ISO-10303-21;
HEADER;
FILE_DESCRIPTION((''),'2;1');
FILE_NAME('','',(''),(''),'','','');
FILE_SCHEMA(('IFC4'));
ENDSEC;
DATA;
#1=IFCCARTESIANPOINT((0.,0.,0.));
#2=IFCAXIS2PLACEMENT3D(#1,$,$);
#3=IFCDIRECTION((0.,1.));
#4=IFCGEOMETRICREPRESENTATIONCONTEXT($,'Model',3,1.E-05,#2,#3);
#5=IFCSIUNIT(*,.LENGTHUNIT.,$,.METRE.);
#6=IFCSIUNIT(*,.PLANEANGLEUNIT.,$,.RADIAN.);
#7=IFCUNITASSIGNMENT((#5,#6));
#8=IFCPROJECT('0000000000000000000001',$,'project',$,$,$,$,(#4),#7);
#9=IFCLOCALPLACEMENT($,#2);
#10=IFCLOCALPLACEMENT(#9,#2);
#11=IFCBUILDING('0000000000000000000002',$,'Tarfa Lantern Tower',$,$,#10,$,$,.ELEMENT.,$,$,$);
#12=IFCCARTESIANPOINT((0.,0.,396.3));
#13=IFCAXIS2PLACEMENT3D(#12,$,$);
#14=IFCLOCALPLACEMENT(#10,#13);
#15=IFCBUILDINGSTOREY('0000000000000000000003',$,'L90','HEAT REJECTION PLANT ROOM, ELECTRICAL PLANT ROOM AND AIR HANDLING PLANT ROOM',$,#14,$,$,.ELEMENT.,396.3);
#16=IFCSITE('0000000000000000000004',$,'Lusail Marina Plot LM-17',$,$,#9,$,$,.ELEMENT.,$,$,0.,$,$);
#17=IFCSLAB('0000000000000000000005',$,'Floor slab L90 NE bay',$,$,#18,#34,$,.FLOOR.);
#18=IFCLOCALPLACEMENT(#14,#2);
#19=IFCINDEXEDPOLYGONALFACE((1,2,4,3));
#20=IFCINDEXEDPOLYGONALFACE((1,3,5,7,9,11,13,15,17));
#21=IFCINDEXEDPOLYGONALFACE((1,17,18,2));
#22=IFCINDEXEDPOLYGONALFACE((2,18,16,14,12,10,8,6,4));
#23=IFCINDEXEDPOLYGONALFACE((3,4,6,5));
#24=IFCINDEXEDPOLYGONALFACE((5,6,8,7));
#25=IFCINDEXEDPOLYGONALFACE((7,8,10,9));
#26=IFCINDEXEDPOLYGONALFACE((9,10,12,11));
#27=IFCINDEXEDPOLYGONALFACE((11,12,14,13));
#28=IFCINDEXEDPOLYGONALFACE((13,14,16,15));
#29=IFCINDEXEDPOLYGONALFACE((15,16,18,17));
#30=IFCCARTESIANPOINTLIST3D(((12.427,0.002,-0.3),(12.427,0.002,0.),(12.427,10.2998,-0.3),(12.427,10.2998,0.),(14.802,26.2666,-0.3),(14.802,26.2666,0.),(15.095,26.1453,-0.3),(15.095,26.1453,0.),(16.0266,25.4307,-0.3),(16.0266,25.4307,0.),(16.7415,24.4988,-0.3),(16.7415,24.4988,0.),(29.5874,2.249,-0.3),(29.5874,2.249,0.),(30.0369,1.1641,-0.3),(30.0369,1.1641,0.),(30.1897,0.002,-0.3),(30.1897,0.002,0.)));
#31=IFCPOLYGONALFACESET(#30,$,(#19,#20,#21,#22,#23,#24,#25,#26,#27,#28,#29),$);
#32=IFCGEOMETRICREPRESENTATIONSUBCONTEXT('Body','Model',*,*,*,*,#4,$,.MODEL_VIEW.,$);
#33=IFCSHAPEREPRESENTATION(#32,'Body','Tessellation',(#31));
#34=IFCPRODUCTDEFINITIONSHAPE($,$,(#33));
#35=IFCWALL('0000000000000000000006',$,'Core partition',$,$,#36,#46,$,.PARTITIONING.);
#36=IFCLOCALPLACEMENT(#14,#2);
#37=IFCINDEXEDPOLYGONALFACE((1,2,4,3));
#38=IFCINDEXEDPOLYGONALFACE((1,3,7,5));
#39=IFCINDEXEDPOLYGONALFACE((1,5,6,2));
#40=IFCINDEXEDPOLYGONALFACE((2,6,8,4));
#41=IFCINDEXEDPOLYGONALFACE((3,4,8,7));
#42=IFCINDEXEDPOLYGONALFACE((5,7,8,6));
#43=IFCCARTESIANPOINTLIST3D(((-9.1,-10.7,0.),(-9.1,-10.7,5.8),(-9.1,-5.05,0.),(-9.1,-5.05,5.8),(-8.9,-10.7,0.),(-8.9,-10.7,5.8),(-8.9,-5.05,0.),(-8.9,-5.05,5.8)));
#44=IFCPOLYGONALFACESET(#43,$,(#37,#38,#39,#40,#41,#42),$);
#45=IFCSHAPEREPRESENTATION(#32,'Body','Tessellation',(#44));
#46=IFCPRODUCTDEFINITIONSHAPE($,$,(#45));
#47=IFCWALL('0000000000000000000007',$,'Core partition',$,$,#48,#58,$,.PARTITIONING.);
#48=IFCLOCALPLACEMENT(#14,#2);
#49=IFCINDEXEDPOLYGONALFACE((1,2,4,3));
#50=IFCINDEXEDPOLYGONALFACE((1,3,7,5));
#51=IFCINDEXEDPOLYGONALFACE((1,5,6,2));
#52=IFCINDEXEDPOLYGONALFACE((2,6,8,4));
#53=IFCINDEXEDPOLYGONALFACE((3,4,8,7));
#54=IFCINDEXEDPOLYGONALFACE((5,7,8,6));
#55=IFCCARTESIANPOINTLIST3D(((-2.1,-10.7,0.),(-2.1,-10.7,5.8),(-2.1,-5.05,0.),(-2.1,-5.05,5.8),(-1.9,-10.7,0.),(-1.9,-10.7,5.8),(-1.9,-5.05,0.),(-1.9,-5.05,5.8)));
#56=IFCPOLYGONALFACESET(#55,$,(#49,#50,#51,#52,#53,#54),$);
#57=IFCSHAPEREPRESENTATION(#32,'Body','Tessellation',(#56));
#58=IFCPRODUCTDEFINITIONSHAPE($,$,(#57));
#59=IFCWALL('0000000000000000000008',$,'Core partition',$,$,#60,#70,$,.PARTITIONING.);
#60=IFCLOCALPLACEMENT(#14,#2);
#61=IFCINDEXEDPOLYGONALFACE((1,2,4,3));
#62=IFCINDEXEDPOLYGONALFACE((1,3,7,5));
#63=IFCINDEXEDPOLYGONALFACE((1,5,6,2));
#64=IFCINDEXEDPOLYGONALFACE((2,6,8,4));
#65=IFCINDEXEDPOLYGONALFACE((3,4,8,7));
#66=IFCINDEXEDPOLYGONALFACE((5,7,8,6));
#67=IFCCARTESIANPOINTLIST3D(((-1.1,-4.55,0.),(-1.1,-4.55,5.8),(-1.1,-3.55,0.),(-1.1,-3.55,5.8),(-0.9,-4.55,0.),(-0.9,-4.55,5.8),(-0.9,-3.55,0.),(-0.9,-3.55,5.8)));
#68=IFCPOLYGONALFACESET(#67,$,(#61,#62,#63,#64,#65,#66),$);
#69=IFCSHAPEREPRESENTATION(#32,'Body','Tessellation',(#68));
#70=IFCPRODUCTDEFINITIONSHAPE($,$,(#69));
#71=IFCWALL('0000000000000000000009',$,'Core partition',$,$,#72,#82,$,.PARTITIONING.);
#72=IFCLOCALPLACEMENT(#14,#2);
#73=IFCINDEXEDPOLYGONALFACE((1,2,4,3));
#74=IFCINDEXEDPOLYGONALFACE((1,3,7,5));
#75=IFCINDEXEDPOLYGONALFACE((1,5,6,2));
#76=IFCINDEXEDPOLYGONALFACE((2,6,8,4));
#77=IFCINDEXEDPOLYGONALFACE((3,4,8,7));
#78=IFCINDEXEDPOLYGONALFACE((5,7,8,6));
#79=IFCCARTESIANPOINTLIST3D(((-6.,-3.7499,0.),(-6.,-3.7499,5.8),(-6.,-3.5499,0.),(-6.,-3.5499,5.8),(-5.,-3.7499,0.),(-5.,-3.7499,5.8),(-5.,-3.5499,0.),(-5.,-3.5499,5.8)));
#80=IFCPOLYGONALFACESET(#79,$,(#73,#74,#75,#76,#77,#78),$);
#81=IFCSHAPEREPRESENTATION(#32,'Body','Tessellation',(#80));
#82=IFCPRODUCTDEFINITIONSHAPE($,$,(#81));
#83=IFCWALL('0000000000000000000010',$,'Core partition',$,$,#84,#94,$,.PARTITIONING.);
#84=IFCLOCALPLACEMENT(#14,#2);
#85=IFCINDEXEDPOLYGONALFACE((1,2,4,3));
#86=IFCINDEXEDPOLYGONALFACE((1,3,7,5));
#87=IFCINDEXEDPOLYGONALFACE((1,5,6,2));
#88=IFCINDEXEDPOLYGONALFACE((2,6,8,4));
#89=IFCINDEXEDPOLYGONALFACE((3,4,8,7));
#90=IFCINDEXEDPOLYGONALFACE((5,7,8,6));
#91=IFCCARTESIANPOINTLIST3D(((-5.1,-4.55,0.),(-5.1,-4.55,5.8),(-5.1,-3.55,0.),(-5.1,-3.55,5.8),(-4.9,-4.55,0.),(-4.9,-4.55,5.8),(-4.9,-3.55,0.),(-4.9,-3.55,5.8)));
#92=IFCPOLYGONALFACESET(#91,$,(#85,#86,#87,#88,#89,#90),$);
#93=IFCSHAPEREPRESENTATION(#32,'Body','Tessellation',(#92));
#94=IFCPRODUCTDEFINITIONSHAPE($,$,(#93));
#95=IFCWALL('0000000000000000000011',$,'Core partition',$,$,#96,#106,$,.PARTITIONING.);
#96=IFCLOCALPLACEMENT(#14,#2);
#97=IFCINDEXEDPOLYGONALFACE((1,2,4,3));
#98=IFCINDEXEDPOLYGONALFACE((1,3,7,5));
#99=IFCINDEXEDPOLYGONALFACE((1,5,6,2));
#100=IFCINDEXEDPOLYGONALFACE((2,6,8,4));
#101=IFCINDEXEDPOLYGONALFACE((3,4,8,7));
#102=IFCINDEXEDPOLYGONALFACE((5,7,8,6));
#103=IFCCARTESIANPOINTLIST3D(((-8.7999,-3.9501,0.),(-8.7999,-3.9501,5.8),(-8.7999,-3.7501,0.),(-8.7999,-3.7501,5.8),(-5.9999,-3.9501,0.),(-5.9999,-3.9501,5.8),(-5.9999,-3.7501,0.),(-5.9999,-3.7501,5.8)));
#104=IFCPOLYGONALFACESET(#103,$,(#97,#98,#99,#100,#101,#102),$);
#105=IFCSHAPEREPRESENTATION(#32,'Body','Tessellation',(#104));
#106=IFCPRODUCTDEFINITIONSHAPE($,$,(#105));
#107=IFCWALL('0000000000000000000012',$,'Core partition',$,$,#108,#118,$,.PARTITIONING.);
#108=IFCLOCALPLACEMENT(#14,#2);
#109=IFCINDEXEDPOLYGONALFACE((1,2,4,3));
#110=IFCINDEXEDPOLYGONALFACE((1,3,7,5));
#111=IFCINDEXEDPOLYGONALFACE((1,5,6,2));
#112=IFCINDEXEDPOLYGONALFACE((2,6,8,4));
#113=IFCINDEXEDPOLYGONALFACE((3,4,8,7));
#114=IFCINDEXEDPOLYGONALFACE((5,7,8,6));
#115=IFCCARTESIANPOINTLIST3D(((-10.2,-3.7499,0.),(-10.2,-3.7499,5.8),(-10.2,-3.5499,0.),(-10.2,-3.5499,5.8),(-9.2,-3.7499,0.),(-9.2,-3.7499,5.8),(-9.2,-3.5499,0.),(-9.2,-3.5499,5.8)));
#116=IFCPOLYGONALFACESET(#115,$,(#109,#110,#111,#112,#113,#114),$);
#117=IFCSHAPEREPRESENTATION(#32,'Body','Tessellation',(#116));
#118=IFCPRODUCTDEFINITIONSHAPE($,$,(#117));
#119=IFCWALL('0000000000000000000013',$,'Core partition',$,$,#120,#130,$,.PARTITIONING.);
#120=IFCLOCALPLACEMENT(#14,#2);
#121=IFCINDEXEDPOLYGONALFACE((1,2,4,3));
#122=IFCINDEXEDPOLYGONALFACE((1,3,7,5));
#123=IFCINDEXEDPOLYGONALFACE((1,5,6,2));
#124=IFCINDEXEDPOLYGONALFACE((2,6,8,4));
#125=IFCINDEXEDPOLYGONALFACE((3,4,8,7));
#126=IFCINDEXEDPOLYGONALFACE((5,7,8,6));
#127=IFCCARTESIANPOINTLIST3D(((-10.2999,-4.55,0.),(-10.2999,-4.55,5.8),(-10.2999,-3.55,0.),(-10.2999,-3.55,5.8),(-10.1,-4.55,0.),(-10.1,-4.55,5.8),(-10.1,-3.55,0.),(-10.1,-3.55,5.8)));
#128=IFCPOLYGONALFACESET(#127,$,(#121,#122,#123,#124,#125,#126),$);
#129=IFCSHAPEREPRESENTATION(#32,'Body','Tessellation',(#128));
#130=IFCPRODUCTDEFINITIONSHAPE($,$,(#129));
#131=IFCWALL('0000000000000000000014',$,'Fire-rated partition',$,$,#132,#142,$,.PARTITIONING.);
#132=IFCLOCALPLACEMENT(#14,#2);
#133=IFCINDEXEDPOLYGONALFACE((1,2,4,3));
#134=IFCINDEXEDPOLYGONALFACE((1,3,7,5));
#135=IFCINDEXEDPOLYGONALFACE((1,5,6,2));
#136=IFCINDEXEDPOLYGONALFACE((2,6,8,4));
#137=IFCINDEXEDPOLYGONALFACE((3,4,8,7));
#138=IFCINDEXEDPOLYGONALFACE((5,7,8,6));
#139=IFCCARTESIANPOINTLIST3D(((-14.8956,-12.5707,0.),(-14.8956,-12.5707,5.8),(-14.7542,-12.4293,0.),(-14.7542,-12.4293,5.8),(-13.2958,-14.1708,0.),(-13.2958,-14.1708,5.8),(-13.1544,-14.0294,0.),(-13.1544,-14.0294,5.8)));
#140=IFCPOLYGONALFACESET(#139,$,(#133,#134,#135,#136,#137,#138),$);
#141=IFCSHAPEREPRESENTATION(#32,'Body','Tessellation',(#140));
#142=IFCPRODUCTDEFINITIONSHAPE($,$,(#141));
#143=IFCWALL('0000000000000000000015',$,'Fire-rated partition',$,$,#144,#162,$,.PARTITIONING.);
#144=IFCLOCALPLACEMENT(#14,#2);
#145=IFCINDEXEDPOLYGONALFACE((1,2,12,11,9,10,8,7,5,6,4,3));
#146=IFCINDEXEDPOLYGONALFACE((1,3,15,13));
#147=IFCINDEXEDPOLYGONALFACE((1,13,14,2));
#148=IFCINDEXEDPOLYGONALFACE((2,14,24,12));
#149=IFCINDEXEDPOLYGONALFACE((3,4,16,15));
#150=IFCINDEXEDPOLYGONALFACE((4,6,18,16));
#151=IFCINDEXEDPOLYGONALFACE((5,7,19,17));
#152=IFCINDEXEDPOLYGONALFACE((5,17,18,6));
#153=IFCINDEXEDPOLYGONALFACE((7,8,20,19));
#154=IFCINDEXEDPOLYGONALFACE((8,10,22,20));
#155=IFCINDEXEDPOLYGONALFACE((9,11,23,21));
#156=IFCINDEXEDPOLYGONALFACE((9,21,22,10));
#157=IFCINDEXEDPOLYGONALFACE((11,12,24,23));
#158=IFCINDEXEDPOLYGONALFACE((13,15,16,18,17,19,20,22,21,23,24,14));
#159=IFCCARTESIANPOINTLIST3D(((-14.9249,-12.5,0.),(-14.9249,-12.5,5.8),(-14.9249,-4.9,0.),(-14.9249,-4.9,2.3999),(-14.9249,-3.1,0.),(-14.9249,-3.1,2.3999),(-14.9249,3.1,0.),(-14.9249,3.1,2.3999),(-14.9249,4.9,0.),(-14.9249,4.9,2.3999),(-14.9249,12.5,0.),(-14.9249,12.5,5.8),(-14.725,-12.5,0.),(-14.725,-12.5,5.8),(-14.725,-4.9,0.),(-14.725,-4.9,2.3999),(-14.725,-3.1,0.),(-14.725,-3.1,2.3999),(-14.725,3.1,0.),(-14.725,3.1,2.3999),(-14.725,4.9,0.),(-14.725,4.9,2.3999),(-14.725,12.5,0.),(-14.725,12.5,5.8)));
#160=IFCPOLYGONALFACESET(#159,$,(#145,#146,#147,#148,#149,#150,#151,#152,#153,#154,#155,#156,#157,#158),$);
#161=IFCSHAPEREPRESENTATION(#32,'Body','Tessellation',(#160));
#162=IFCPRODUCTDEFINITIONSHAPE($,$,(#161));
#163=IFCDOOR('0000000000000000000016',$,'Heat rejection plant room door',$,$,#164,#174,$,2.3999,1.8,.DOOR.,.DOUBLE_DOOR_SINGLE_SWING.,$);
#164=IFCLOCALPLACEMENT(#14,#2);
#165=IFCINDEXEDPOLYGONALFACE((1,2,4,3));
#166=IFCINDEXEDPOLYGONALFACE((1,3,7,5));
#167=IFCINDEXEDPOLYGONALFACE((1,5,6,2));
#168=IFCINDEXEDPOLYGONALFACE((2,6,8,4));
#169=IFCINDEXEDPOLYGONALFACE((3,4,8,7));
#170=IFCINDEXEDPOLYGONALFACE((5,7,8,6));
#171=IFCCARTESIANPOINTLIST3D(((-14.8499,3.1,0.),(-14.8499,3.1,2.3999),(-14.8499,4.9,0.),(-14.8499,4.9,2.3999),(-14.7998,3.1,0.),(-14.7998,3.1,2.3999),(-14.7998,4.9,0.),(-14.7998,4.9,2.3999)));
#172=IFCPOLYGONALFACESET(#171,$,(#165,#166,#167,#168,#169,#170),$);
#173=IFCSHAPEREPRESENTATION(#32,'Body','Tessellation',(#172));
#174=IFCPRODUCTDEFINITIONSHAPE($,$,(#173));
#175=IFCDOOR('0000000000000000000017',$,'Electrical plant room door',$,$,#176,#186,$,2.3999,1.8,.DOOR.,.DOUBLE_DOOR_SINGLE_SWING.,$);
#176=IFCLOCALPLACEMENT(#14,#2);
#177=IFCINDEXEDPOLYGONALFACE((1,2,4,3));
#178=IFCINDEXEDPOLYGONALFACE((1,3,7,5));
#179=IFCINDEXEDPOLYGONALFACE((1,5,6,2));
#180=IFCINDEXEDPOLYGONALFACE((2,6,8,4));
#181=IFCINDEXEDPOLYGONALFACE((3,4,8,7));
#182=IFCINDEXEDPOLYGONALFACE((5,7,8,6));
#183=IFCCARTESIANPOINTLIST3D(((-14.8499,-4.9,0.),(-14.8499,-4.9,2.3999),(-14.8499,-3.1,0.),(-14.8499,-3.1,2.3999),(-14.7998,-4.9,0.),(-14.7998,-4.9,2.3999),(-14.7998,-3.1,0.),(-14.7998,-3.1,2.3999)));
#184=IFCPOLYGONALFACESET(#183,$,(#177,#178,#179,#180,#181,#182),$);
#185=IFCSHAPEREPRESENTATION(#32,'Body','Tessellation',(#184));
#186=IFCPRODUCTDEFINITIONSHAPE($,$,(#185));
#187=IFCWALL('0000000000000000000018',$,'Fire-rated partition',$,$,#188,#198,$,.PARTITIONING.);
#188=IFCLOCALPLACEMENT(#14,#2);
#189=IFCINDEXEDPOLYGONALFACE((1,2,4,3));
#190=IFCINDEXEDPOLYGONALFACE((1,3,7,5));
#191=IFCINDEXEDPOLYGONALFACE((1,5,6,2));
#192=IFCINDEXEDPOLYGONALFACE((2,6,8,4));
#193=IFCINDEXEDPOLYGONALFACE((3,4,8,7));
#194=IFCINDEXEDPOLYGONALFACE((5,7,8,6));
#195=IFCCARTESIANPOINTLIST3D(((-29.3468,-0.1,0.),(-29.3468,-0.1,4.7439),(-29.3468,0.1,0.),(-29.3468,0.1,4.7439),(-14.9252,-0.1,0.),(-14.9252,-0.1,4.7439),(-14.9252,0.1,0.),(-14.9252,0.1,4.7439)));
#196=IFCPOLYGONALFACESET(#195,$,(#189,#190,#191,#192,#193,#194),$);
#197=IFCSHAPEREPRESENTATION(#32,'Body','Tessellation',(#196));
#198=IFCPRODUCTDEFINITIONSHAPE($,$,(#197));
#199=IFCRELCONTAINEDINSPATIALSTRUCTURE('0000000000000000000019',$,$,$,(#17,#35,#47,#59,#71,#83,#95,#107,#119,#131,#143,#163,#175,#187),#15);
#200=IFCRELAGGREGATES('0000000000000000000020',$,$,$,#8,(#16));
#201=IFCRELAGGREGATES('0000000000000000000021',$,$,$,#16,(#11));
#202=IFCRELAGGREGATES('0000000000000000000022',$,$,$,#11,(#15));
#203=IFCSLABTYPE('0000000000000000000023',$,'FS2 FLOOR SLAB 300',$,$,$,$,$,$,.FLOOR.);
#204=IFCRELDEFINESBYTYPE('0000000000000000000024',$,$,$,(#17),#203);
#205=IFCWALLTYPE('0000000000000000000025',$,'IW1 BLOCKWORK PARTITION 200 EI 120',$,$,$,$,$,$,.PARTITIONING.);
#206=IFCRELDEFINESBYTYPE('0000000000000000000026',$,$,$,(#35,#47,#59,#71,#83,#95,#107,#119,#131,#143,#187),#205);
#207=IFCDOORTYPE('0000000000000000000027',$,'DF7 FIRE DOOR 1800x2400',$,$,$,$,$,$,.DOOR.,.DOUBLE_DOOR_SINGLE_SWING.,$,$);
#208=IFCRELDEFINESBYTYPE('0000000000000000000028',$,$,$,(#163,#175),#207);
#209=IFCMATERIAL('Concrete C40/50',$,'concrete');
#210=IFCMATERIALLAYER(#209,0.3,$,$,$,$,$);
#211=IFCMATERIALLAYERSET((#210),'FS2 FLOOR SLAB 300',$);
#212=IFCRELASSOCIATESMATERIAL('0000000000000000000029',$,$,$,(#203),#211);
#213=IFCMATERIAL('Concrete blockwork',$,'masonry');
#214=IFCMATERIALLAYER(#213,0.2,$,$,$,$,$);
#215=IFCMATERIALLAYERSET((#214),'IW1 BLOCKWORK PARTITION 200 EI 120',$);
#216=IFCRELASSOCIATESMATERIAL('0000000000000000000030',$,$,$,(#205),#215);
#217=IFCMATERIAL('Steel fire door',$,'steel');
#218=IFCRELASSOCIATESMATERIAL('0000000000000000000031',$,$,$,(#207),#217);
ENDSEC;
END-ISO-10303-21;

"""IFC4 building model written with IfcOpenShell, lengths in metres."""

from ifc_helpers import new_model, si_unit, direction, frame, frame_2d, origin, place, context, subcontext, project, spatial, polyline, rectangle, outline, extrude, material, layer, layer_set, type_object, element, fill, save


model = new_model("IFC4")

# Units and contexts
model_context = context("Model", 3, precision=1e-05, world=origin(), true_north=direction((0.0, 1.0)))
body_context = subcontext(model_context, "Body", "Model", "MODEL_VIEW")
ifc_project = project(units=[si_unit("LENGTHUNIT", "METRE"), si_unit("PLANEANGLEUNIT", "RADIAN")], contexts=[model_context])

# Site, building, storey
site_placement = place(None, origin())
site = spatial("IfcSite", under=ifc_project, at=site_placement, Name="Lusail Marina Plot LM-17", CompositionType="ELEMENT", RefElevation=0.0)
building_placement = place(site_placement, origin())
building = spatial("IfcBuilding", under=site, at=building_placement, Name="Tarfa Lantern Tower", CompositionType="ELEMENT")
storey_placement = place(building_placement, frame((0.0, 0.0, 396.3)))
storey = spatial("IfcBuildingStorey", under=building, at=storey_placement, Name="L90", Description="HEAT REJECTION PLANT ROOM, ELECTRICAL PLANT ROOM AND AIR HANDLING PLANT ROOM", CompositionType="ELEMENT", Elevation=396.3)

# Slab
ifc_material_1 = material(Name="Concrete C40/50", Category="concrete")
ifc_layer_1 = layer(ifc_material_1, 0.3)
ifc_layer_set_1 = layer_set([ifc_layer_1], Name="FS2 FLOOR SLAB 300")
slab_type = type_object("IfcSlabType", Name="FS2 FLOOR SLAB 300", PredefinedType="FLOOR", material=ifc_layer_set_1)
slab_1_placement = place(storey_placement, frame((0.0, 0.0, -0.3)))
element("IfcSlab", 1, at=slab_1_placement, inside=storey, type_object=slab_type, Name="Floor slab L90 NE bay", PredefinedType="FLOOR", context=body_context, shape_type="SweptSolid", body=[
    extrude(outline(polyline([(29.5874, 2.249), (16.7415, 24.4988), (16.0266, 25.4307), (15.095, 26.1453), (14.802, 26.2666), (12.427, 10.2998), (12.427, 0.002), (30.1897, 0.002), (30.0369, 1.1641), (29.5874, 2.249)])), origin(), (0.0, 0.0, 1.0), 0.3),
])

# Walls
ifc_material_2 = material(Name="Concrete blockwork", Category="masonry")
ifc_layer_2 = layer(ifc_material_2, 0.2)
ifc_layer_set_2 = layer_set([ifc_layer_2], Name="IW1 BLOCKWORK PARTITION 200 EI 120")
wall_type_1 = type_object("IfcWallType", Name="IW1 BLOCKWORK PARTITION 200 EI 120", PredefinedType="PARTITIONING", material=ifc_layer_set_2)
for number, where, z_axis, x_axis, name in (
    (2, (-9.0, -5.05, 0.0), (0.0, 0.0, 1.0), (0.0, -1.0, 0.0), "Core partition"),
    (3, (-2.0, -5.05, 0.0), (0.0, 0.0, 1.0), (0.0, -1.0, 0.0), "Core partition"),
):
    element("IfcWall", number, at=place(storey_placement, frame(where, z_axis=z_axis, x_axis=x_axis)), inside=storey, type_object=wall_type_1, Name=name, PredefinedType="PARTITIONING", context=body_context, shape_type="SweptSolid", body=[
        extrude(rectangle(XDim=5.6499, YDim=0.2, at=frame_2d((2.825, 0.0))), origin(), (0.0, 0.0, 1.0), 5.8),
    ])
for number, where, z_axis, x_axis, name in (
    (4, (-1.0, -3.55, 0.0), (0.0, 0.0, 1.0), (0.0, -1.0, 0.0), "Core partition"),
    (5, (-5.0, -3.6499, 0.0), (0.0, 0.0, 1.0), (-1.0, 0.0, 0.0), "Core partition"),
    (6, (-5.0, -3.55, 0.0), (0.0, 0.0, 1.0), (0.0, -1.0, 0.0), "Core partition"),
):
    element("IfcWall", number, at=place(storey_placement, frame(where, z_axis=z_axis, x_axis=x_axis)), inside=storey, type_object=wall_type_1, Name=name, PredefinedType="PARTITIONING", context=body_context, shape_type="SweptSolid", body=[
        extrude(rectangle(XDim=1.0, YDim=0.2, at=frame_2d((0.5, 0.0))), origin(), (0.0, 0.0, 1.0), 5.8),
    ])
wall_1_placement = place(storey_placement, frame((-6.0, -3.8501, 0.0), z_axis=(0.0, 0.0, 1.0), x_axis=(-1.0, 0.0, 0.0)))
element("IfcWall", 7, at=wall_1_placement, inside=storey, type_object=wall_type_1, Name="Core partition", PredefinedType="PARTITIONING", context=body_context, shape_type="SweptSolid", body=[
    extrude(rectangle(XDim=2.8, YDim=0.2, at=frame_2d((1.3999, 0.0))), origin(), (0.0, 0.0, 1.0), 5.8),
])
for number, where, z_axis, x_axis, name in (
    (8, (-9.2, -3.6499, 0.0), (0.0, 0.0, 1.0), (-1.0, 0.0, 0.0), "Core partition"),
    (9, (-10.2, -3.55, 0.0), (0.0, 0.0, 1.0), (0.0, -1.0, 0.0), "Core partition"),
):
    element("IfcWall", number, at=place(storey_placement, frame(where, z_axis=z_axis, x_axis=x_axis)), inside=storey, type_object=wall_type_1, Name=name, PredefinedType="PARTITIONING", context=body_context, shape_type="SweptSolid", body=[
        extrude(rectangle(XDim=1.0, YDim=0.2, at=frame_2d((0.5, 0.0))), origin(), (0.0, 0.0, 1.0), 5.8),
    ])
wall_2_placement = place(storey_placement, frame((-13.2251, -14.1001, 0.0), z_axis=(0.0, 0.0, 1.0), x_axis=(-0.707053, 0.707161, 0.0)))
element("IfcWall", 10, at=wall_2_placement, inside=storey, type_object=wall_type_1, Name="Fire-rated partition", PredefinedType="PARTITIONING", context=body_context, shape_type="SweptSolid", body=[
    extrude(rectangle(XDim=2.2627, YDim=0.2, at=frame_2d((1.1313, 0.0))), origin(), (0.0, 0.0, 1.0), 5.8),
])

# Wall, openings, doors
wall_3_placement = place(storey_placement, frame((-14.825, -12.5, 0.0), z_axis=(0.0, 0.0, 1.0), x_axis=(0.0, 1.0, 0.0)))
wall_3 = element("IfcWall", 11, at=wall_3_placement, inside=storey, type_object=wall_type_1, Name="Fire-rated partition", PredefinedType="PARTITIONING", context=body_context, shape_type="SweptSolid", body=[
    extrude(rectangle(XDim=25.0, YDim=0.2, at=frame_2d((12.5, 0.0))), origin(), (0.0, 0.0, 1.0), 5.8),
])
opening_1_placement = place(wall_3_placement, frame((15.6001, 0.0, 0.0)))
opening_1 = element("IfcOpeningElement", 12, at=opening_1_placement, cuts=wall_3, PredefinedType="OPENING", context=body_context, shape_type="SweptSolid", body=[
    extrude(rectangle(XDim=1.8, YDim=2.3999, at=frame_2d((0.8999, 1.2))), frame((0.0, 0.1099, 0.0), z_axis=(0.0, -1.0, 0.0), x_axis=(1.0, 0.0, 0.0)), (0.0, 0.0, 1.0), 0.22),
])
opening_2_placement = place(wall_3_placement, frame((7.6001, 0.0, 0.0)))
opening_2 = element("IfcOpeningElement", 13, at=opening_2_placement, cuts=wall_3, PredefinedType="OPENING", context=body_context, shape_type="SweptSolid", body=[
    extrude(rectangle(XDim=1.8, YDim=2.3999, at=frame_2d((0.8999, 1.2))), frame((0.0, 0.1099, 0.0), z_axis=(0.0, -1.0, 0.0), x_axis=(1.0, 0.0, 0.0)), (0.0, 0.0, 1.0), 0.22),
])
ifc_material_3 = material(Name="Steel fire door", Category="steel")
door_type = type_object("IfcDoorType", Name="DF7 FIRE DOOR 1800x2400", OperationType="DOUBLE_DOOR_SINGLE_SWING", PredefinedType="DOOR", material=ifc_material_3)
door_1_placement = place(opening_1_placement, origin())
door_1 = element("IfcDoor", 14, at=door_1_placement, inside=storey, type_object=door_type, Name="Heat rejection plant room door", OperationType="DOUBLE_DOOR_SINGLE_SWING", OverallHeight=2.3999, OverallWidth=1.8, PredefinedType="DOOR", context=body_context, shape_type="SweptSolid", body=[
    extrude(rectangle(XDim=1.8, YDim=2.3999, at=frame_2d((0.8999, 1.2))), frame((0.0, 0.0249, 0.0), z_axis=(0.0, -1.0, 0.0), x_axis=(1.0, 0.0, 0.0)), (0.0, 0.0, 1.0), 0.05),
])
fill(opening_1, door_1)
door_2_placement = place(opening_2_placement, origin())
door_2 = element("IfcDoor", 15, at=door_2_placement, inside=storey, type_object=door_type, Name="Electrical plant room door", OperationType="DOUBLE_DOOR_SINGLE_SWING", OverallHeight=2.3999, OverallWidth=1.8, PredefinedType="DOOR", context=body_context, shape_type="SweptSolid", body=[
    extrude(rectangle(XDim=1.8, YDim=2.3999, at=frame_2d((0.8999, 1.2))), frame((0.0, 0.0249, 0.0), z_axis=(0.0, -1.0, 0.0), x_axis=(1.0, 0.0, 0.0)), (0.0, 0.0, 1.0), 0.05),
])
fill(opening_2, door_2)

# Wall
wall_4_placement = place(storey_placement, frame((-14.925, 0.0, 0.0), z_axis=(0.0, 0.0, 1.0), x_axis=(-1.0, 0.0, 0.0)))
element("IfcWall", 16, at=wall_4_placement, inside=storey, type_object=wall_type_1, Name="Fire-rated partition", PredefinedType="PARTITIONING", context=body_context, shape_type="SweptSolid", body=[
    extrude(rectangle(XDim=14.4216, YDim=0.2, at=frame_2d((7.2109, 0.0))), origin(), (0.0, 0.0, 1.0), 4.7439),
])

save(model, "model.ifc")
